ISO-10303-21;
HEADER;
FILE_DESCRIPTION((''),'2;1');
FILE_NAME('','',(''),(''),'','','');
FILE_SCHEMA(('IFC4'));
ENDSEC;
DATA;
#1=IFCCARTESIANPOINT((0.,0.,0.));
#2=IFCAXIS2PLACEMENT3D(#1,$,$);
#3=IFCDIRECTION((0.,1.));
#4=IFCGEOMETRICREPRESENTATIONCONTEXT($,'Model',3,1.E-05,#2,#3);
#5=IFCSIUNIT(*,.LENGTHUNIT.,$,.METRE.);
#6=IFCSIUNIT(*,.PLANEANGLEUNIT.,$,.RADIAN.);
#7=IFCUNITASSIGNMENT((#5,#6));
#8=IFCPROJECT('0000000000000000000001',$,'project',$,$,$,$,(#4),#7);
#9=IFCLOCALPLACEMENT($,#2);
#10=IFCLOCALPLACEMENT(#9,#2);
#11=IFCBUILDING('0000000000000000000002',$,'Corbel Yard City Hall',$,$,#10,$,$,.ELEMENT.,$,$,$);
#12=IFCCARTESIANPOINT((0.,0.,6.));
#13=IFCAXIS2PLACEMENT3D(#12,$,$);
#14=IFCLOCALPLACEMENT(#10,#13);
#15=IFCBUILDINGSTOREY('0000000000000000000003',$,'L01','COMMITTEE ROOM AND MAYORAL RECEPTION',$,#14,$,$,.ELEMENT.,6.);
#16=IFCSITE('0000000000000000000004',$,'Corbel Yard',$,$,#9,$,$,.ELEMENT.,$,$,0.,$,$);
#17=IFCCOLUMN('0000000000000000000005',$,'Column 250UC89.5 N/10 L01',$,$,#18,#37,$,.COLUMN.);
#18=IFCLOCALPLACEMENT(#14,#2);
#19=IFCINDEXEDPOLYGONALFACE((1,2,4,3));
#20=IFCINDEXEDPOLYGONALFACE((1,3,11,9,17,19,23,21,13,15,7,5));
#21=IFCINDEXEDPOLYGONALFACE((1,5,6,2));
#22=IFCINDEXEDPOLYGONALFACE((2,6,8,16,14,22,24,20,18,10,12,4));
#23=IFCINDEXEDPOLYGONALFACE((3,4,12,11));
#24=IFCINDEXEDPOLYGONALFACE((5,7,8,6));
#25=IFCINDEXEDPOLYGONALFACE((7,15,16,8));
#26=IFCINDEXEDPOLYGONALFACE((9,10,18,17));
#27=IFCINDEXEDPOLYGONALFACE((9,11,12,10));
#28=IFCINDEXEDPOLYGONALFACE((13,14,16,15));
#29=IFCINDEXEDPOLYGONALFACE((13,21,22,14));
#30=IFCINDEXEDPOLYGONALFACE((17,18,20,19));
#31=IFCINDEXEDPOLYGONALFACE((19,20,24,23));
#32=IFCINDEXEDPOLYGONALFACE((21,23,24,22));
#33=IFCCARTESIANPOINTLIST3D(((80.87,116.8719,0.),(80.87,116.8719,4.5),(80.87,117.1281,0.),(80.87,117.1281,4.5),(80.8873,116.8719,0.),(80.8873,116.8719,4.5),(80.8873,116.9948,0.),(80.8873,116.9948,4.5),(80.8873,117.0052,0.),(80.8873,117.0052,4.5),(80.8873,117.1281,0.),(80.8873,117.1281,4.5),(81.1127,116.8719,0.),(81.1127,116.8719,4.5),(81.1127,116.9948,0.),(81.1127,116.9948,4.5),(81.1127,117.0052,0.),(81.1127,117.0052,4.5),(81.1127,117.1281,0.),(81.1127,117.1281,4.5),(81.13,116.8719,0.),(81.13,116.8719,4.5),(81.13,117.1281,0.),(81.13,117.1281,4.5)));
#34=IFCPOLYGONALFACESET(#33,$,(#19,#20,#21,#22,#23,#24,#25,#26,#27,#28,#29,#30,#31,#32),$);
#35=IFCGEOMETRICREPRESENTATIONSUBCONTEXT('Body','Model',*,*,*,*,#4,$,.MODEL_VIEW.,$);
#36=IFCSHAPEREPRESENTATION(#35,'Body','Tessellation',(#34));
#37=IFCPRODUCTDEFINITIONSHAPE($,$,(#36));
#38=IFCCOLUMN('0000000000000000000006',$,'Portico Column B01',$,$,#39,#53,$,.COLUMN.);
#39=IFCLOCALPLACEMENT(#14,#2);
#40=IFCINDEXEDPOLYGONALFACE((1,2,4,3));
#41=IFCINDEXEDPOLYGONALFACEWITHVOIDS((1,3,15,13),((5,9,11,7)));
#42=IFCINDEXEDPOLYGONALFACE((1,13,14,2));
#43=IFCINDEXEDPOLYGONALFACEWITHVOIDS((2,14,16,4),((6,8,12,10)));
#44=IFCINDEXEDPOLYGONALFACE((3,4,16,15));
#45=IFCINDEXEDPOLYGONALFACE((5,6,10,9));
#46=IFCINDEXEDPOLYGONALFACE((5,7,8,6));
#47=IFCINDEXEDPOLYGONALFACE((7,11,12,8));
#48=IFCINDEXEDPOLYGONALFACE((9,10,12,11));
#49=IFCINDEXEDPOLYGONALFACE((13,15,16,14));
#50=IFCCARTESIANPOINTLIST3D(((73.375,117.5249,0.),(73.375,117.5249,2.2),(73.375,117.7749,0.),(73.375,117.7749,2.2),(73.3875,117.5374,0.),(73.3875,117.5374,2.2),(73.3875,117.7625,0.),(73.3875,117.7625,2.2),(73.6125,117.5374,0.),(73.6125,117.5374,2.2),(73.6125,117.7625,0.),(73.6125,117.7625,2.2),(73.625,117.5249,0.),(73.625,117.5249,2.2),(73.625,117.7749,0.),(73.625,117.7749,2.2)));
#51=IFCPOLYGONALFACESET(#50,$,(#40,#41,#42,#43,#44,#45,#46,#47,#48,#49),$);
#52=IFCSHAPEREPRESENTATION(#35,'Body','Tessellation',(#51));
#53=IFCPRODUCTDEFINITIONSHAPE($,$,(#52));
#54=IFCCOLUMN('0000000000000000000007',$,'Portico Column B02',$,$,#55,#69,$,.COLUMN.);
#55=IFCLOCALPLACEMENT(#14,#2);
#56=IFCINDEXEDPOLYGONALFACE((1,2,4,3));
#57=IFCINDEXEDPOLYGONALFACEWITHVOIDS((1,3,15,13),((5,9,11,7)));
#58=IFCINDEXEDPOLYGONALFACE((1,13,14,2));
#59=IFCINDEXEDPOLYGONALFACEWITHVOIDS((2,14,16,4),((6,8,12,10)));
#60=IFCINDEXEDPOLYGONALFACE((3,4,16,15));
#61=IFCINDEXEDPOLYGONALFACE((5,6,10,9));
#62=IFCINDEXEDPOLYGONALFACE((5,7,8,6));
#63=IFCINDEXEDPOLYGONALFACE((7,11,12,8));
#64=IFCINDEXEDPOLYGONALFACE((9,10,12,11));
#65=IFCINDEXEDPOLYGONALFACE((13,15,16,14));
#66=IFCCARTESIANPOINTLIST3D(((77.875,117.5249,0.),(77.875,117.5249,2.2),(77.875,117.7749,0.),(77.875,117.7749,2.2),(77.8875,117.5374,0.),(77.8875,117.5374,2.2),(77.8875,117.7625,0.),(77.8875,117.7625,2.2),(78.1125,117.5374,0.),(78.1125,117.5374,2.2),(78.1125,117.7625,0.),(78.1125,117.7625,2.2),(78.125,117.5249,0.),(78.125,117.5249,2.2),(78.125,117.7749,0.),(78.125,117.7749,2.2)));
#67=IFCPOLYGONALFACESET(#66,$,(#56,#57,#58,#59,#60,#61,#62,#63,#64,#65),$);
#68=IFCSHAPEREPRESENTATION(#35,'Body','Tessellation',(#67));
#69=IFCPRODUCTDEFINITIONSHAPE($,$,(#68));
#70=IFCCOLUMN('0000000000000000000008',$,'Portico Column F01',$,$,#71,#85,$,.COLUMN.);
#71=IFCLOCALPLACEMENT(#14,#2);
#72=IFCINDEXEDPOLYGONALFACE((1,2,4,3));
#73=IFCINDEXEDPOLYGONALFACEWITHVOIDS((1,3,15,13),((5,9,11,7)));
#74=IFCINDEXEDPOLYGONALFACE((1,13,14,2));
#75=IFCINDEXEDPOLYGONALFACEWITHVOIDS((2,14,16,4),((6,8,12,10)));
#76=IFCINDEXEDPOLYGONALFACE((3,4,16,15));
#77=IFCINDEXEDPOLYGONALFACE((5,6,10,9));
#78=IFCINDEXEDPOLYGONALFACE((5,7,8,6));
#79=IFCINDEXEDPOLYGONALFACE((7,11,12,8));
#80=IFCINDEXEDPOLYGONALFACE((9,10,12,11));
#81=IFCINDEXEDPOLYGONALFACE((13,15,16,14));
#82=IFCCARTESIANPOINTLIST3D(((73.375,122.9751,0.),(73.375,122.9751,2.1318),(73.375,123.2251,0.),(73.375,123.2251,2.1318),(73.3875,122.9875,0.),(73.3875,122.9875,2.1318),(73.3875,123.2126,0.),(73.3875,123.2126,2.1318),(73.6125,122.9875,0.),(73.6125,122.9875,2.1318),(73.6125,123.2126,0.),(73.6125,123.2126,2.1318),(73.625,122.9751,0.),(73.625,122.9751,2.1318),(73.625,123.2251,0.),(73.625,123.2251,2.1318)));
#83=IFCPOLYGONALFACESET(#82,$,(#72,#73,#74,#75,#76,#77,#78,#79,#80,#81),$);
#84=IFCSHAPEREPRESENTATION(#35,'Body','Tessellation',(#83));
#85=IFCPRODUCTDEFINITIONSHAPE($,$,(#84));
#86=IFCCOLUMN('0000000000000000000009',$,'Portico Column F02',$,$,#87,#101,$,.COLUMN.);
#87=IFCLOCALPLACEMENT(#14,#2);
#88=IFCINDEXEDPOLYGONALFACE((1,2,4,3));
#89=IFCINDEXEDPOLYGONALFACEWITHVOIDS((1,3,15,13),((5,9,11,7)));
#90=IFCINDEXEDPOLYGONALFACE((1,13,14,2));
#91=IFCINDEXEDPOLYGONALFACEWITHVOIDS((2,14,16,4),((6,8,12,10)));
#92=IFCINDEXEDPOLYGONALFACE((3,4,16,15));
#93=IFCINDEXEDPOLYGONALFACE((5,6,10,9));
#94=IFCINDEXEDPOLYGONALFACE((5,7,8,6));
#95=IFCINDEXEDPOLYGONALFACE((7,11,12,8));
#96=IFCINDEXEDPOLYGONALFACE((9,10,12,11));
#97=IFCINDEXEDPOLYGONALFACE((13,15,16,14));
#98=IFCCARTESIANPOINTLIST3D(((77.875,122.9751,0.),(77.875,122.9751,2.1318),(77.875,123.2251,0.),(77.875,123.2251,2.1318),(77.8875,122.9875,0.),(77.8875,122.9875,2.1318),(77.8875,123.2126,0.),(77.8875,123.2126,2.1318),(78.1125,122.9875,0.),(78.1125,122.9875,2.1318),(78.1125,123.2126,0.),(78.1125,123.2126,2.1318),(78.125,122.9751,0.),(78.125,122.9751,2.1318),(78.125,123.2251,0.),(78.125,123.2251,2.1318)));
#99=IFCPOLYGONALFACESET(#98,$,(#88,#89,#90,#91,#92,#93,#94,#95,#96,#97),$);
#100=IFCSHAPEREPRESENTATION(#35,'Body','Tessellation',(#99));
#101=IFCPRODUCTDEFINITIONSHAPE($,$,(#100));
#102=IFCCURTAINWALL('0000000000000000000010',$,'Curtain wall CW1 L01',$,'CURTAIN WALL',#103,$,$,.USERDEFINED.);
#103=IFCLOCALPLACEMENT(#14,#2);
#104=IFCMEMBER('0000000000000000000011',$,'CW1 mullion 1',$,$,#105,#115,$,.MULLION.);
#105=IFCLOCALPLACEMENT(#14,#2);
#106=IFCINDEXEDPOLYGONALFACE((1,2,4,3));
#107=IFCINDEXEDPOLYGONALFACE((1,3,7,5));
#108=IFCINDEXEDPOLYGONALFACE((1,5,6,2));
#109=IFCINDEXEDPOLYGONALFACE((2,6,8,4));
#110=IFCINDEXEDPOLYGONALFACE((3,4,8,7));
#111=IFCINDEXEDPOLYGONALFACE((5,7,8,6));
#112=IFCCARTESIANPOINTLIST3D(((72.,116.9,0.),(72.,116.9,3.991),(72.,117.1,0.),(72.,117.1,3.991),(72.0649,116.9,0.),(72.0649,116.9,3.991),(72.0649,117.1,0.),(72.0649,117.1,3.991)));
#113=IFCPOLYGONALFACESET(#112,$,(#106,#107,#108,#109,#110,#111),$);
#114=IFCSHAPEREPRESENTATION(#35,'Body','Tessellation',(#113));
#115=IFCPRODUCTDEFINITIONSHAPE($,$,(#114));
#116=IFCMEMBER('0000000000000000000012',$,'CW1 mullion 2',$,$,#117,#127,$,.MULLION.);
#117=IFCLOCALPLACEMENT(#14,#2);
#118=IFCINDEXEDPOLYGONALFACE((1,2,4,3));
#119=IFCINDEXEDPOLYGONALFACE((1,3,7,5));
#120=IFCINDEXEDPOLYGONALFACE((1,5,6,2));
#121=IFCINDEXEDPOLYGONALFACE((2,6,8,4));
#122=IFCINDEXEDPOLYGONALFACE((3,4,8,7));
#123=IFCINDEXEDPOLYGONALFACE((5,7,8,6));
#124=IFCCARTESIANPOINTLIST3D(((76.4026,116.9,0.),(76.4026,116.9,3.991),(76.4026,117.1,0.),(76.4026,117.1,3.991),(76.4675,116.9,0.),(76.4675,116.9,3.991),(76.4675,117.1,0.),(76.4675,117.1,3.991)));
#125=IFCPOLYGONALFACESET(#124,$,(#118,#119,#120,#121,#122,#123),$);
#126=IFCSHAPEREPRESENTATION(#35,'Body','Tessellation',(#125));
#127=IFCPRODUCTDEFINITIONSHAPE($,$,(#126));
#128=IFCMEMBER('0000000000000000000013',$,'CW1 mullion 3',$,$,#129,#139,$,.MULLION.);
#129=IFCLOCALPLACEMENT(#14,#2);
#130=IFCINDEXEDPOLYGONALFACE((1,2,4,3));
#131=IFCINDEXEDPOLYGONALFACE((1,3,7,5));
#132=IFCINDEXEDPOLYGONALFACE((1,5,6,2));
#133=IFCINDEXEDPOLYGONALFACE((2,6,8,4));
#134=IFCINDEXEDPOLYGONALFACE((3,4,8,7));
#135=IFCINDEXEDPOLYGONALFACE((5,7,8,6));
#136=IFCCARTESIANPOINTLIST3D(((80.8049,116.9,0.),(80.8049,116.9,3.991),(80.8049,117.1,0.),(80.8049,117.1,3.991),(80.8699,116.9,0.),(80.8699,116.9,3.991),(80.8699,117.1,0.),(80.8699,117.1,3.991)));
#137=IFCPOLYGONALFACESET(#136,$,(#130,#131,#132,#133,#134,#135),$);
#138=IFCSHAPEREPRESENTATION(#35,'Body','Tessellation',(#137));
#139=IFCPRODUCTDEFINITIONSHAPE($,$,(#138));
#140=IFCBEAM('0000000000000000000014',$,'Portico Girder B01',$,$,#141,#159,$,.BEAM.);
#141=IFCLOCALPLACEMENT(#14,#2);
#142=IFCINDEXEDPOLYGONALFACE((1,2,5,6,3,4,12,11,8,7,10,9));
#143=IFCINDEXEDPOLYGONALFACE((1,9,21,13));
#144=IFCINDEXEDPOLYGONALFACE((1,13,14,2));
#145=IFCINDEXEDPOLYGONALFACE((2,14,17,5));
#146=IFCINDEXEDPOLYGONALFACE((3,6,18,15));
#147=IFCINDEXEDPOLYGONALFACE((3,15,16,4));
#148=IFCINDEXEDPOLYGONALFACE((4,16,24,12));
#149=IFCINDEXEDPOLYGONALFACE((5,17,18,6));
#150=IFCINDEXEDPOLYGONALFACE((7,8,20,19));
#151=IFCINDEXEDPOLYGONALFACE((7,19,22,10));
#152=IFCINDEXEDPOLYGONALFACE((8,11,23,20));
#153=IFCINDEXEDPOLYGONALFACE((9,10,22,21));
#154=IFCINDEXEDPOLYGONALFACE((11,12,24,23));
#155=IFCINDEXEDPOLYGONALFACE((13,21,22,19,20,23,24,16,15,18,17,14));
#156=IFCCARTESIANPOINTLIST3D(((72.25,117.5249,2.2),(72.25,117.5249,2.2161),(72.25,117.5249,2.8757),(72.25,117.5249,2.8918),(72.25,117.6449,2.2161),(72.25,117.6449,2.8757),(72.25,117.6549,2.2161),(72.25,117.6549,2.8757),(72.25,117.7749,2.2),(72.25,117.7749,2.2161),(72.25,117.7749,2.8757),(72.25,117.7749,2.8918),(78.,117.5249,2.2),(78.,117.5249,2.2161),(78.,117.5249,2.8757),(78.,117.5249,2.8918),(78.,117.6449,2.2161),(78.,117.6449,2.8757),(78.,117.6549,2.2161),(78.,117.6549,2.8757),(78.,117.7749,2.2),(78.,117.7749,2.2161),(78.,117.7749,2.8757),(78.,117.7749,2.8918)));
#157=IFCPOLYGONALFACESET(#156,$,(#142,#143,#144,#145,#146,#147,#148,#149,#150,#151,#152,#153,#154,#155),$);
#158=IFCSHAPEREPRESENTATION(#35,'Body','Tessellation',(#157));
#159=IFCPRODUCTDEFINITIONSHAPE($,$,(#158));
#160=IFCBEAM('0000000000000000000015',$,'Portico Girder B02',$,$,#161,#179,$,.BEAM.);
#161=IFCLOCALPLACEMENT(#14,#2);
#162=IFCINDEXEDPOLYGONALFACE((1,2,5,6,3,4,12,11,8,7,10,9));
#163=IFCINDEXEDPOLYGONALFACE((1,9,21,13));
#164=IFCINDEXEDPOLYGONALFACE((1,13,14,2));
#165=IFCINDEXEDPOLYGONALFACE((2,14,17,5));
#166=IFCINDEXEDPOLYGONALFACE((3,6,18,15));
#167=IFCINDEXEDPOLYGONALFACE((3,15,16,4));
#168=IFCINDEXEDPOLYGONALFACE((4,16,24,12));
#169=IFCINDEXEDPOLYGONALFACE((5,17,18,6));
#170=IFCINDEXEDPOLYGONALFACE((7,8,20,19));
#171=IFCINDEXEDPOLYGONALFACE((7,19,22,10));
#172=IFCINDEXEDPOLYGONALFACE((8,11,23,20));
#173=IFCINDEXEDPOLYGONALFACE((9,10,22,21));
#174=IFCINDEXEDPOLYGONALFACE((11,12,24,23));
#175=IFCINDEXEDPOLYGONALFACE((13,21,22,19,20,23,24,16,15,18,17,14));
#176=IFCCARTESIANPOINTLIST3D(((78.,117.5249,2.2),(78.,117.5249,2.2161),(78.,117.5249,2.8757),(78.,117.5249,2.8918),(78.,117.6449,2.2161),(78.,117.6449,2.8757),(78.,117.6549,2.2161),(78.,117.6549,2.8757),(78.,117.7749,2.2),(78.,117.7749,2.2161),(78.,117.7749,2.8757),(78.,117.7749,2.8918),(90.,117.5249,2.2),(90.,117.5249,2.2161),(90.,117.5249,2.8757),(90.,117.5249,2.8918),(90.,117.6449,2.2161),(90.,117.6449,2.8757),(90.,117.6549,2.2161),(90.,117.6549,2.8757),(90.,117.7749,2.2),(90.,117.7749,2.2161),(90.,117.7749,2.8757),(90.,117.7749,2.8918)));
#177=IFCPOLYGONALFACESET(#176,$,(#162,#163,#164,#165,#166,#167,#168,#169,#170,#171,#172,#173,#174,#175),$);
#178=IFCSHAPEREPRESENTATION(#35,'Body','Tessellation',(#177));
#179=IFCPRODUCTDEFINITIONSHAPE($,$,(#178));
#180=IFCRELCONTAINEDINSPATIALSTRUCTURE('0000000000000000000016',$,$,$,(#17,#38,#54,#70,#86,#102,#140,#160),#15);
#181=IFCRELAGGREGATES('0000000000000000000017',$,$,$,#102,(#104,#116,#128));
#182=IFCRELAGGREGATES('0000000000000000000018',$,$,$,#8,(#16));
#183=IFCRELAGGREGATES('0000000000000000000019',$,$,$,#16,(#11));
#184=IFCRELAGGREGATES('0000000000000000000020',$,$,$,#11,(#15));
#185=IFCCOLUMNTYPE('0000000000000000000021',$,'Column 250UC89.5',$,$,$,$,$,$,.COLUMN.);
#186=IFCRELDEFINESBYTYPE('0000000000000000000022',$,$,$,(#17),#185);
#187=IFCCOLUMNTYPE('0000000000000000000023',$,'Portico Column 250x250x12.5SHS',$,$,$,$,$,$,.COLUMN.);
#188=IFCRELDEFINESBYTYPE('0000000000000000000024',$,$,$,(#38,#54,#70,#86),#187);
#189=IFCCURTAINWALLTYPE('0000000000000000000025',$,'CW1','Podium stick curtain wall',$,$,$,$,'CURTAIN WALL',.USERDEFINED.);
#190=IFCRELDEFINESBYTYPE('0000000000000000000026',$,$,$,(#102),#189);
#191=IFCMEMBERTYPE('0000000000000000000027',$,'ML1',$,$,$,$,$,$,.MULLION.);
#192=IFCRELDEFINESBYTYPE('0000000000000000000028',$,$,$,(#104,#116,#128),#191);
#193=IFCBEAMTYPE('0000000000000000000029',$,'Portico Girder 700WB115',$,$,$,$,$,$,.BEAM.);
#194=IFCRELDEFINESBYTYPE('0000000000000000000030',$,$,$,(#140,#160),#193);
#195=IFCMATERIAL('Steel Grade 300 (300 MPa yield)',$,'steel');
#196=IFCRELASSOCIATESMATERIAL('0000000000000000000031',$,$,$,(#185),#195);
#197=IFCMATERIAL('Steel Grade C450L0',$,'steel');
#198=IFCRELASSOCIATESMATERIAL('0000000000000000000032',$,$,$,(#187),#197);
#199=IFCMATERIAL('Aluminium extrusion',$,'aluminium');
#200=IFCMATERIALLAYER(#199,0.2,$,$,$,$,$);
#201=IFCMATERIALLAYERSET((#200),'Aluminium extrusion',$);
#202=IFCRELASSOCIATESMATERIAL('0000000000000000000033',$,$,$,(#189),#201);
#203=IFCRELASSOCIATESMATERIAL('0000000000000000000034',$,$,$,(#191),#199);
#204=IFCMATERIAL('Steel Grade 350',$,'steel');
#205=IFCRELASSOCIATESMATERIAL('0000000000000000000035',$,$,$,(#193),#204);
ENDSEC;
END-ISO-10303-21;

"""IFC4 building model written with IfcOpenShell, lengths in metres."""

from ifc_helpers import new_model, si_unit, direction, frame, origin, origin_2d, place, context, subcontext, project, spatial, rectangle, hollow_rectangle, i_section, extrude, material, layer, layer_set, material_profile, profile_set, type_object, element, aggregate, save


model = new_model("IFC4")

# Units and contexts
model_context = context("Model", 3, precision=1e-05, world=origin(), true_north=direction((0.0, 1.0)))
body_context = subcontext(model_context, "Body", "Model", "MODEL_VIEW")
ifc_project = project(units=[si_unit("LENGTHUNIT", "METRE"), si_unit("PLANEANGLEUNIT", "RADIAN")], contexts=[model_context])

# Site, building, storey
site_placement = place(None, origin())
site = spatial("IfcSite", under=ifc_project, at=site_placement, Name="Corbel Yard", CompositionType="ELEMENT", RefElevation=0.0)
building_placement = place(site_placement, origin())
building = spatial("IfcBuilding", under=site, at=building_placement, Name="Corbel Yard City Hall", CompositionType="ELEMENT")
storey_placement = place(building_placement, frame((0.0, 0.0, 6.0)))
storey = spatial("IfcBuildingStorey", under=building, at=storey_placement, Name="L01", Description="COMMITTEE ROOM AND MAYORAL RECEPTION", CompositionType="ELEMENT", Elevation=6.0)

# Columns
ifc_material_1 = material(Name="Steel Grade 300 (300 MPa yield)", Category="steel")
ifc_material_profile_1 = material_profile(ifc_material_1, i_section(OverallWidth=0.2561, OverallDepth=0.26, WebThickness=0.0105, FlangeThickness=0.0173, at=origin_2d()), Name="250UC89.5")
ifc_profile_set_1 = profile_set([ifc_material_profile_1], Name="Steel Grade 300 (300 MPa yield)")
column_type_1 = type_object("IfcColumnType", Name="Column 250UC89.5", PredefinedType="COLUMN", material=ifc_profile_set_1)
column_placement = place(storey_placement, frame((81.0, 117.0, 0.0), z_axis=(0.0, 0.0, 1.0), x_axis=(0.0, 1.0, 0.0)))
element("IfcColumn", 1, at=column_placement, inside=storey, type_object=column_type_1, Name="Column 250UC89.5 N/10 L01", PredefinedType="COLUMN", context=body_context, shape_type="SweptSolid", body=[
    extrude(i_section(OverallWidth=0.2561, OverallDepth=0.26, WebThickness=0.0105, FlangeThickness=0.0173, at=origin_2d()), origin(), (0.0, 0.0, 1.0), 4.5),
])
ifc_material_2 = material(Name="Steel Grade C450L0", Category="steel")
ifc_material_profile_2 = material_profile(ifc_material_2, hollow_rectangle(XDim=0.25, YDim=0.25, WallThickness=0.0125, at=origin_2d()), Name="250x250x12.5SHS")
ifc_profile_set_2 = profile_set([ifc_material_profile_2], Name="Steel Grade C450L0")
column_type_2 = type_object("IfcColumnType", Name="Portico Column 250x250x12.5SHS", PredefinedType="COLUMN", material=ifc_profile_set_2)
for number, where, z_axis, x_axis, name in (
    (2, (73.5, 117.6499, 0.0), (0.0, 0.0, 1.0), (1.0, 0.0, 0.0), "Portico Column B01"),
    (3, (78.0, 117.6499, 0.0), (0.0, 0.0, 1.0), (1.0, 0.0, 0.0), "Portico Column B02"),
):
    element("IfcColumn", number, at=place(storey_placement, frame(where, z_axis=z_axis, x_axis=x_axis)), inside=storey, type_object=column_type_2, Name=name, PredefinedType="COLUMN", context=body_context, shape_type="SweptSolid", body=[
        extrude(hollow_rectangle(XDim=0.25, YDim=0.25, WallThickness=0.0125, at=origin_2d()), origin(), (0.0, 0.0, 1.0), 2.2),
    ])
for number, where, z_axis, x_axis, name in (
    (4, (73.5, 123.1001, 0.0), (0.0, 0.0, 1.0), (1.0, 0.0, 0.0), "Portico Column F01"),
    (5, (78.0, 123.1001, 0.0), (0.0, 0.0, 1.0), (1.0, 0.0, 0.0), "Portico Column F02"),
):
    element("IfcColumn", number, at=place(storey_placement, frame(where, z_axis=z_axis, x_axis=x_axis)), inside=storey, type_object=column_type_2, Name=name, PredefinedType="COLUMN", context=body_context, shape_type="SweptSolid", body=[
        extrude(hollow_rectangle(XDim=0.25, YDim=0.25, WallThickness=0.0125, at=origin_2d()), origin(), (0.0, 0.0, 1.0), 2.1318),
    ])

# Curtain wall, members
ifc_material_3 = material(Name="Aluminium extrusion", Category="aluminium")
ifc_layer_1 = layer(ifc_material_3, 0.2)
ifc_layer_set_1 = layer_set([ifc_layer_1], Name="Aluminium extrusion")
curtain_wall_type = type_object("IfcCurtainWallType", Name="CW1", Description="Podium stick curtain wall", ElementType="CURTAIN WALL", PredefinedType="USERDEFINED", material=ifc_layer_set_1)
curtain_wall_placement = place(storey_placement, origin())
curtain_wall = element("IfcCurtainWall", 6, at=curtain_wall_placement, inside=storey, type_object=curtain_wall_type, Name="Curtain wall CW1 L01", ObjectType="CURTAIN WALL", PredefinedType="USERDEFINED")
ifc_material_profile_3 = material_profile(ifc_material_3, rectangle(XDim=0.2, YDim=0.0649, at=origin_2d()), Name="200x65")
ifc_profile_set_3 = profile_set([ifc_material_profile_3], Name="Aluminium extrusion")
member_type_1 = type_object("IfcMemberType", Name="ML1", PredefinedType="MULLION", material=ifc_profile_set_3)
member_1_placement = place(storey_placement, frame((72.0325, 117.0, 0.0), z_axis=(0.0, 0.0, 1.0), x_axis=(0.0, 1.0, 0.0)))
member_1 = element("IfcMember", 7, at=member_1_placement, type_object=member_type_1, Name="CW1 mullion 1", PredefinedType="MULLION", context=body_context, shape_type="SweptSolid", body=[
    extrude(rectangle(XDim=0.2, YDim=0.0649, at=origin_2d()), origin(), (0.0, 0.0, 1.0), 3.991),
])
member_2_placement = place(storey_placement, frame((76.4351, 117.0, 0.0), z_axis=(0.0, 0.0, 1.0), x_axis=(0.0, 1.0, 0.0)))
member_2 = element("IfcMember", 8, at=member_2_placement, type_object=member_type_1, Name="CW1 mullion 2", PredefinedType="MULLION", context=body_context, shape_type="SweptSolid", body=[
    extrude(rectangle(XDim=0.2, YDim=0.0649, at=origin_2d()), origin(), (0.0, 0.0, 1.0), 3.991),
])
member_3_placement = place(storey_placement, frame((80.8374, 117.0, 0.0), z_axis=(0.0, 0.0, 1.0), x_axis=(0.0, 1.0, 0.0)))
member_3 = element("IfcMember", 9, at=member_3_placement, type_object=member_type_1, Name="CW1 mullion 3", PredefinedType="MULLION", context=body_context, shape_type="SweptSolid", body=[
    extrude(rectangle(XDim=0.2, YDim=0.0649, at=origin_2d()), origin(), (0.0, 0.0, 1.0), 3.991),
])

# Beams
ifc_material_4 = material(Name="Steel Grade 350", Category="steel")
ifc_material_profile_4 = material_profile(ifc_material_4, i_section(OverallWidth=0.25, OverallDepth=0.6919, WebThickness=0.01, FlangeThickness=0.0161, at=origin_2d()), Name="700WB115")
ifc_profile_set_4 = profile_set([ifc_material_profile_4], Name="Steel Grade 350")
beam_type_1 = type_object("IfcBeamType", Name="Portico Girder 700WB115", PredefinedType="BEAM", material=ifc_profile_set_4)
beam_1_placement = place(storey_placement, frame((72.25, 117.6499, 2.5459), z_axis=(1.0, 0.0, 0.0), x_axis=(0.0, 1.0, 0.0)))
element("IfcBeam", 10, at=beam_1_placement, inside=storey, type_object=beam_type_1, Name="Portico Girder B01", PredefinedType="BEAM", context=body_context, shape_type="SweptSolid", body=[
    extrude(i_section(OverallWidth=0.25, OverallDepth=0.6919, WebThickness=0.01, FlangeThickness=0.0161, at=origin_2d()), origin(), (0.0, 0.0, 1.0), 5.75),
])
beam_2_placement = place(storey_placement, frame((78.0, 117.6499, 2.5459), z_axis=(1.0, 0.0, 0.0), x_axis=(0.0, 1.0, 0.0)))
element("IfcBeam", 11, at=beam_2_placement, inside=storey, type_object=beam_type_1, Name="Portico Girder B02", PredefinedType="BEAM", context=body_context, shape_type="SweptSolid", body=[
    extrude(i_section(OverallWidth=0.25, OverallDepth=0.6919, WebThickness=0.01, FlangeThickness=0.0161, at=origin_2d()), origin(), (0.0, 0.0, 1.0), 12.0),
])

aggregate(curtain_wall, [member_1, member_2, member_3])

save(model, "model.ifc")
